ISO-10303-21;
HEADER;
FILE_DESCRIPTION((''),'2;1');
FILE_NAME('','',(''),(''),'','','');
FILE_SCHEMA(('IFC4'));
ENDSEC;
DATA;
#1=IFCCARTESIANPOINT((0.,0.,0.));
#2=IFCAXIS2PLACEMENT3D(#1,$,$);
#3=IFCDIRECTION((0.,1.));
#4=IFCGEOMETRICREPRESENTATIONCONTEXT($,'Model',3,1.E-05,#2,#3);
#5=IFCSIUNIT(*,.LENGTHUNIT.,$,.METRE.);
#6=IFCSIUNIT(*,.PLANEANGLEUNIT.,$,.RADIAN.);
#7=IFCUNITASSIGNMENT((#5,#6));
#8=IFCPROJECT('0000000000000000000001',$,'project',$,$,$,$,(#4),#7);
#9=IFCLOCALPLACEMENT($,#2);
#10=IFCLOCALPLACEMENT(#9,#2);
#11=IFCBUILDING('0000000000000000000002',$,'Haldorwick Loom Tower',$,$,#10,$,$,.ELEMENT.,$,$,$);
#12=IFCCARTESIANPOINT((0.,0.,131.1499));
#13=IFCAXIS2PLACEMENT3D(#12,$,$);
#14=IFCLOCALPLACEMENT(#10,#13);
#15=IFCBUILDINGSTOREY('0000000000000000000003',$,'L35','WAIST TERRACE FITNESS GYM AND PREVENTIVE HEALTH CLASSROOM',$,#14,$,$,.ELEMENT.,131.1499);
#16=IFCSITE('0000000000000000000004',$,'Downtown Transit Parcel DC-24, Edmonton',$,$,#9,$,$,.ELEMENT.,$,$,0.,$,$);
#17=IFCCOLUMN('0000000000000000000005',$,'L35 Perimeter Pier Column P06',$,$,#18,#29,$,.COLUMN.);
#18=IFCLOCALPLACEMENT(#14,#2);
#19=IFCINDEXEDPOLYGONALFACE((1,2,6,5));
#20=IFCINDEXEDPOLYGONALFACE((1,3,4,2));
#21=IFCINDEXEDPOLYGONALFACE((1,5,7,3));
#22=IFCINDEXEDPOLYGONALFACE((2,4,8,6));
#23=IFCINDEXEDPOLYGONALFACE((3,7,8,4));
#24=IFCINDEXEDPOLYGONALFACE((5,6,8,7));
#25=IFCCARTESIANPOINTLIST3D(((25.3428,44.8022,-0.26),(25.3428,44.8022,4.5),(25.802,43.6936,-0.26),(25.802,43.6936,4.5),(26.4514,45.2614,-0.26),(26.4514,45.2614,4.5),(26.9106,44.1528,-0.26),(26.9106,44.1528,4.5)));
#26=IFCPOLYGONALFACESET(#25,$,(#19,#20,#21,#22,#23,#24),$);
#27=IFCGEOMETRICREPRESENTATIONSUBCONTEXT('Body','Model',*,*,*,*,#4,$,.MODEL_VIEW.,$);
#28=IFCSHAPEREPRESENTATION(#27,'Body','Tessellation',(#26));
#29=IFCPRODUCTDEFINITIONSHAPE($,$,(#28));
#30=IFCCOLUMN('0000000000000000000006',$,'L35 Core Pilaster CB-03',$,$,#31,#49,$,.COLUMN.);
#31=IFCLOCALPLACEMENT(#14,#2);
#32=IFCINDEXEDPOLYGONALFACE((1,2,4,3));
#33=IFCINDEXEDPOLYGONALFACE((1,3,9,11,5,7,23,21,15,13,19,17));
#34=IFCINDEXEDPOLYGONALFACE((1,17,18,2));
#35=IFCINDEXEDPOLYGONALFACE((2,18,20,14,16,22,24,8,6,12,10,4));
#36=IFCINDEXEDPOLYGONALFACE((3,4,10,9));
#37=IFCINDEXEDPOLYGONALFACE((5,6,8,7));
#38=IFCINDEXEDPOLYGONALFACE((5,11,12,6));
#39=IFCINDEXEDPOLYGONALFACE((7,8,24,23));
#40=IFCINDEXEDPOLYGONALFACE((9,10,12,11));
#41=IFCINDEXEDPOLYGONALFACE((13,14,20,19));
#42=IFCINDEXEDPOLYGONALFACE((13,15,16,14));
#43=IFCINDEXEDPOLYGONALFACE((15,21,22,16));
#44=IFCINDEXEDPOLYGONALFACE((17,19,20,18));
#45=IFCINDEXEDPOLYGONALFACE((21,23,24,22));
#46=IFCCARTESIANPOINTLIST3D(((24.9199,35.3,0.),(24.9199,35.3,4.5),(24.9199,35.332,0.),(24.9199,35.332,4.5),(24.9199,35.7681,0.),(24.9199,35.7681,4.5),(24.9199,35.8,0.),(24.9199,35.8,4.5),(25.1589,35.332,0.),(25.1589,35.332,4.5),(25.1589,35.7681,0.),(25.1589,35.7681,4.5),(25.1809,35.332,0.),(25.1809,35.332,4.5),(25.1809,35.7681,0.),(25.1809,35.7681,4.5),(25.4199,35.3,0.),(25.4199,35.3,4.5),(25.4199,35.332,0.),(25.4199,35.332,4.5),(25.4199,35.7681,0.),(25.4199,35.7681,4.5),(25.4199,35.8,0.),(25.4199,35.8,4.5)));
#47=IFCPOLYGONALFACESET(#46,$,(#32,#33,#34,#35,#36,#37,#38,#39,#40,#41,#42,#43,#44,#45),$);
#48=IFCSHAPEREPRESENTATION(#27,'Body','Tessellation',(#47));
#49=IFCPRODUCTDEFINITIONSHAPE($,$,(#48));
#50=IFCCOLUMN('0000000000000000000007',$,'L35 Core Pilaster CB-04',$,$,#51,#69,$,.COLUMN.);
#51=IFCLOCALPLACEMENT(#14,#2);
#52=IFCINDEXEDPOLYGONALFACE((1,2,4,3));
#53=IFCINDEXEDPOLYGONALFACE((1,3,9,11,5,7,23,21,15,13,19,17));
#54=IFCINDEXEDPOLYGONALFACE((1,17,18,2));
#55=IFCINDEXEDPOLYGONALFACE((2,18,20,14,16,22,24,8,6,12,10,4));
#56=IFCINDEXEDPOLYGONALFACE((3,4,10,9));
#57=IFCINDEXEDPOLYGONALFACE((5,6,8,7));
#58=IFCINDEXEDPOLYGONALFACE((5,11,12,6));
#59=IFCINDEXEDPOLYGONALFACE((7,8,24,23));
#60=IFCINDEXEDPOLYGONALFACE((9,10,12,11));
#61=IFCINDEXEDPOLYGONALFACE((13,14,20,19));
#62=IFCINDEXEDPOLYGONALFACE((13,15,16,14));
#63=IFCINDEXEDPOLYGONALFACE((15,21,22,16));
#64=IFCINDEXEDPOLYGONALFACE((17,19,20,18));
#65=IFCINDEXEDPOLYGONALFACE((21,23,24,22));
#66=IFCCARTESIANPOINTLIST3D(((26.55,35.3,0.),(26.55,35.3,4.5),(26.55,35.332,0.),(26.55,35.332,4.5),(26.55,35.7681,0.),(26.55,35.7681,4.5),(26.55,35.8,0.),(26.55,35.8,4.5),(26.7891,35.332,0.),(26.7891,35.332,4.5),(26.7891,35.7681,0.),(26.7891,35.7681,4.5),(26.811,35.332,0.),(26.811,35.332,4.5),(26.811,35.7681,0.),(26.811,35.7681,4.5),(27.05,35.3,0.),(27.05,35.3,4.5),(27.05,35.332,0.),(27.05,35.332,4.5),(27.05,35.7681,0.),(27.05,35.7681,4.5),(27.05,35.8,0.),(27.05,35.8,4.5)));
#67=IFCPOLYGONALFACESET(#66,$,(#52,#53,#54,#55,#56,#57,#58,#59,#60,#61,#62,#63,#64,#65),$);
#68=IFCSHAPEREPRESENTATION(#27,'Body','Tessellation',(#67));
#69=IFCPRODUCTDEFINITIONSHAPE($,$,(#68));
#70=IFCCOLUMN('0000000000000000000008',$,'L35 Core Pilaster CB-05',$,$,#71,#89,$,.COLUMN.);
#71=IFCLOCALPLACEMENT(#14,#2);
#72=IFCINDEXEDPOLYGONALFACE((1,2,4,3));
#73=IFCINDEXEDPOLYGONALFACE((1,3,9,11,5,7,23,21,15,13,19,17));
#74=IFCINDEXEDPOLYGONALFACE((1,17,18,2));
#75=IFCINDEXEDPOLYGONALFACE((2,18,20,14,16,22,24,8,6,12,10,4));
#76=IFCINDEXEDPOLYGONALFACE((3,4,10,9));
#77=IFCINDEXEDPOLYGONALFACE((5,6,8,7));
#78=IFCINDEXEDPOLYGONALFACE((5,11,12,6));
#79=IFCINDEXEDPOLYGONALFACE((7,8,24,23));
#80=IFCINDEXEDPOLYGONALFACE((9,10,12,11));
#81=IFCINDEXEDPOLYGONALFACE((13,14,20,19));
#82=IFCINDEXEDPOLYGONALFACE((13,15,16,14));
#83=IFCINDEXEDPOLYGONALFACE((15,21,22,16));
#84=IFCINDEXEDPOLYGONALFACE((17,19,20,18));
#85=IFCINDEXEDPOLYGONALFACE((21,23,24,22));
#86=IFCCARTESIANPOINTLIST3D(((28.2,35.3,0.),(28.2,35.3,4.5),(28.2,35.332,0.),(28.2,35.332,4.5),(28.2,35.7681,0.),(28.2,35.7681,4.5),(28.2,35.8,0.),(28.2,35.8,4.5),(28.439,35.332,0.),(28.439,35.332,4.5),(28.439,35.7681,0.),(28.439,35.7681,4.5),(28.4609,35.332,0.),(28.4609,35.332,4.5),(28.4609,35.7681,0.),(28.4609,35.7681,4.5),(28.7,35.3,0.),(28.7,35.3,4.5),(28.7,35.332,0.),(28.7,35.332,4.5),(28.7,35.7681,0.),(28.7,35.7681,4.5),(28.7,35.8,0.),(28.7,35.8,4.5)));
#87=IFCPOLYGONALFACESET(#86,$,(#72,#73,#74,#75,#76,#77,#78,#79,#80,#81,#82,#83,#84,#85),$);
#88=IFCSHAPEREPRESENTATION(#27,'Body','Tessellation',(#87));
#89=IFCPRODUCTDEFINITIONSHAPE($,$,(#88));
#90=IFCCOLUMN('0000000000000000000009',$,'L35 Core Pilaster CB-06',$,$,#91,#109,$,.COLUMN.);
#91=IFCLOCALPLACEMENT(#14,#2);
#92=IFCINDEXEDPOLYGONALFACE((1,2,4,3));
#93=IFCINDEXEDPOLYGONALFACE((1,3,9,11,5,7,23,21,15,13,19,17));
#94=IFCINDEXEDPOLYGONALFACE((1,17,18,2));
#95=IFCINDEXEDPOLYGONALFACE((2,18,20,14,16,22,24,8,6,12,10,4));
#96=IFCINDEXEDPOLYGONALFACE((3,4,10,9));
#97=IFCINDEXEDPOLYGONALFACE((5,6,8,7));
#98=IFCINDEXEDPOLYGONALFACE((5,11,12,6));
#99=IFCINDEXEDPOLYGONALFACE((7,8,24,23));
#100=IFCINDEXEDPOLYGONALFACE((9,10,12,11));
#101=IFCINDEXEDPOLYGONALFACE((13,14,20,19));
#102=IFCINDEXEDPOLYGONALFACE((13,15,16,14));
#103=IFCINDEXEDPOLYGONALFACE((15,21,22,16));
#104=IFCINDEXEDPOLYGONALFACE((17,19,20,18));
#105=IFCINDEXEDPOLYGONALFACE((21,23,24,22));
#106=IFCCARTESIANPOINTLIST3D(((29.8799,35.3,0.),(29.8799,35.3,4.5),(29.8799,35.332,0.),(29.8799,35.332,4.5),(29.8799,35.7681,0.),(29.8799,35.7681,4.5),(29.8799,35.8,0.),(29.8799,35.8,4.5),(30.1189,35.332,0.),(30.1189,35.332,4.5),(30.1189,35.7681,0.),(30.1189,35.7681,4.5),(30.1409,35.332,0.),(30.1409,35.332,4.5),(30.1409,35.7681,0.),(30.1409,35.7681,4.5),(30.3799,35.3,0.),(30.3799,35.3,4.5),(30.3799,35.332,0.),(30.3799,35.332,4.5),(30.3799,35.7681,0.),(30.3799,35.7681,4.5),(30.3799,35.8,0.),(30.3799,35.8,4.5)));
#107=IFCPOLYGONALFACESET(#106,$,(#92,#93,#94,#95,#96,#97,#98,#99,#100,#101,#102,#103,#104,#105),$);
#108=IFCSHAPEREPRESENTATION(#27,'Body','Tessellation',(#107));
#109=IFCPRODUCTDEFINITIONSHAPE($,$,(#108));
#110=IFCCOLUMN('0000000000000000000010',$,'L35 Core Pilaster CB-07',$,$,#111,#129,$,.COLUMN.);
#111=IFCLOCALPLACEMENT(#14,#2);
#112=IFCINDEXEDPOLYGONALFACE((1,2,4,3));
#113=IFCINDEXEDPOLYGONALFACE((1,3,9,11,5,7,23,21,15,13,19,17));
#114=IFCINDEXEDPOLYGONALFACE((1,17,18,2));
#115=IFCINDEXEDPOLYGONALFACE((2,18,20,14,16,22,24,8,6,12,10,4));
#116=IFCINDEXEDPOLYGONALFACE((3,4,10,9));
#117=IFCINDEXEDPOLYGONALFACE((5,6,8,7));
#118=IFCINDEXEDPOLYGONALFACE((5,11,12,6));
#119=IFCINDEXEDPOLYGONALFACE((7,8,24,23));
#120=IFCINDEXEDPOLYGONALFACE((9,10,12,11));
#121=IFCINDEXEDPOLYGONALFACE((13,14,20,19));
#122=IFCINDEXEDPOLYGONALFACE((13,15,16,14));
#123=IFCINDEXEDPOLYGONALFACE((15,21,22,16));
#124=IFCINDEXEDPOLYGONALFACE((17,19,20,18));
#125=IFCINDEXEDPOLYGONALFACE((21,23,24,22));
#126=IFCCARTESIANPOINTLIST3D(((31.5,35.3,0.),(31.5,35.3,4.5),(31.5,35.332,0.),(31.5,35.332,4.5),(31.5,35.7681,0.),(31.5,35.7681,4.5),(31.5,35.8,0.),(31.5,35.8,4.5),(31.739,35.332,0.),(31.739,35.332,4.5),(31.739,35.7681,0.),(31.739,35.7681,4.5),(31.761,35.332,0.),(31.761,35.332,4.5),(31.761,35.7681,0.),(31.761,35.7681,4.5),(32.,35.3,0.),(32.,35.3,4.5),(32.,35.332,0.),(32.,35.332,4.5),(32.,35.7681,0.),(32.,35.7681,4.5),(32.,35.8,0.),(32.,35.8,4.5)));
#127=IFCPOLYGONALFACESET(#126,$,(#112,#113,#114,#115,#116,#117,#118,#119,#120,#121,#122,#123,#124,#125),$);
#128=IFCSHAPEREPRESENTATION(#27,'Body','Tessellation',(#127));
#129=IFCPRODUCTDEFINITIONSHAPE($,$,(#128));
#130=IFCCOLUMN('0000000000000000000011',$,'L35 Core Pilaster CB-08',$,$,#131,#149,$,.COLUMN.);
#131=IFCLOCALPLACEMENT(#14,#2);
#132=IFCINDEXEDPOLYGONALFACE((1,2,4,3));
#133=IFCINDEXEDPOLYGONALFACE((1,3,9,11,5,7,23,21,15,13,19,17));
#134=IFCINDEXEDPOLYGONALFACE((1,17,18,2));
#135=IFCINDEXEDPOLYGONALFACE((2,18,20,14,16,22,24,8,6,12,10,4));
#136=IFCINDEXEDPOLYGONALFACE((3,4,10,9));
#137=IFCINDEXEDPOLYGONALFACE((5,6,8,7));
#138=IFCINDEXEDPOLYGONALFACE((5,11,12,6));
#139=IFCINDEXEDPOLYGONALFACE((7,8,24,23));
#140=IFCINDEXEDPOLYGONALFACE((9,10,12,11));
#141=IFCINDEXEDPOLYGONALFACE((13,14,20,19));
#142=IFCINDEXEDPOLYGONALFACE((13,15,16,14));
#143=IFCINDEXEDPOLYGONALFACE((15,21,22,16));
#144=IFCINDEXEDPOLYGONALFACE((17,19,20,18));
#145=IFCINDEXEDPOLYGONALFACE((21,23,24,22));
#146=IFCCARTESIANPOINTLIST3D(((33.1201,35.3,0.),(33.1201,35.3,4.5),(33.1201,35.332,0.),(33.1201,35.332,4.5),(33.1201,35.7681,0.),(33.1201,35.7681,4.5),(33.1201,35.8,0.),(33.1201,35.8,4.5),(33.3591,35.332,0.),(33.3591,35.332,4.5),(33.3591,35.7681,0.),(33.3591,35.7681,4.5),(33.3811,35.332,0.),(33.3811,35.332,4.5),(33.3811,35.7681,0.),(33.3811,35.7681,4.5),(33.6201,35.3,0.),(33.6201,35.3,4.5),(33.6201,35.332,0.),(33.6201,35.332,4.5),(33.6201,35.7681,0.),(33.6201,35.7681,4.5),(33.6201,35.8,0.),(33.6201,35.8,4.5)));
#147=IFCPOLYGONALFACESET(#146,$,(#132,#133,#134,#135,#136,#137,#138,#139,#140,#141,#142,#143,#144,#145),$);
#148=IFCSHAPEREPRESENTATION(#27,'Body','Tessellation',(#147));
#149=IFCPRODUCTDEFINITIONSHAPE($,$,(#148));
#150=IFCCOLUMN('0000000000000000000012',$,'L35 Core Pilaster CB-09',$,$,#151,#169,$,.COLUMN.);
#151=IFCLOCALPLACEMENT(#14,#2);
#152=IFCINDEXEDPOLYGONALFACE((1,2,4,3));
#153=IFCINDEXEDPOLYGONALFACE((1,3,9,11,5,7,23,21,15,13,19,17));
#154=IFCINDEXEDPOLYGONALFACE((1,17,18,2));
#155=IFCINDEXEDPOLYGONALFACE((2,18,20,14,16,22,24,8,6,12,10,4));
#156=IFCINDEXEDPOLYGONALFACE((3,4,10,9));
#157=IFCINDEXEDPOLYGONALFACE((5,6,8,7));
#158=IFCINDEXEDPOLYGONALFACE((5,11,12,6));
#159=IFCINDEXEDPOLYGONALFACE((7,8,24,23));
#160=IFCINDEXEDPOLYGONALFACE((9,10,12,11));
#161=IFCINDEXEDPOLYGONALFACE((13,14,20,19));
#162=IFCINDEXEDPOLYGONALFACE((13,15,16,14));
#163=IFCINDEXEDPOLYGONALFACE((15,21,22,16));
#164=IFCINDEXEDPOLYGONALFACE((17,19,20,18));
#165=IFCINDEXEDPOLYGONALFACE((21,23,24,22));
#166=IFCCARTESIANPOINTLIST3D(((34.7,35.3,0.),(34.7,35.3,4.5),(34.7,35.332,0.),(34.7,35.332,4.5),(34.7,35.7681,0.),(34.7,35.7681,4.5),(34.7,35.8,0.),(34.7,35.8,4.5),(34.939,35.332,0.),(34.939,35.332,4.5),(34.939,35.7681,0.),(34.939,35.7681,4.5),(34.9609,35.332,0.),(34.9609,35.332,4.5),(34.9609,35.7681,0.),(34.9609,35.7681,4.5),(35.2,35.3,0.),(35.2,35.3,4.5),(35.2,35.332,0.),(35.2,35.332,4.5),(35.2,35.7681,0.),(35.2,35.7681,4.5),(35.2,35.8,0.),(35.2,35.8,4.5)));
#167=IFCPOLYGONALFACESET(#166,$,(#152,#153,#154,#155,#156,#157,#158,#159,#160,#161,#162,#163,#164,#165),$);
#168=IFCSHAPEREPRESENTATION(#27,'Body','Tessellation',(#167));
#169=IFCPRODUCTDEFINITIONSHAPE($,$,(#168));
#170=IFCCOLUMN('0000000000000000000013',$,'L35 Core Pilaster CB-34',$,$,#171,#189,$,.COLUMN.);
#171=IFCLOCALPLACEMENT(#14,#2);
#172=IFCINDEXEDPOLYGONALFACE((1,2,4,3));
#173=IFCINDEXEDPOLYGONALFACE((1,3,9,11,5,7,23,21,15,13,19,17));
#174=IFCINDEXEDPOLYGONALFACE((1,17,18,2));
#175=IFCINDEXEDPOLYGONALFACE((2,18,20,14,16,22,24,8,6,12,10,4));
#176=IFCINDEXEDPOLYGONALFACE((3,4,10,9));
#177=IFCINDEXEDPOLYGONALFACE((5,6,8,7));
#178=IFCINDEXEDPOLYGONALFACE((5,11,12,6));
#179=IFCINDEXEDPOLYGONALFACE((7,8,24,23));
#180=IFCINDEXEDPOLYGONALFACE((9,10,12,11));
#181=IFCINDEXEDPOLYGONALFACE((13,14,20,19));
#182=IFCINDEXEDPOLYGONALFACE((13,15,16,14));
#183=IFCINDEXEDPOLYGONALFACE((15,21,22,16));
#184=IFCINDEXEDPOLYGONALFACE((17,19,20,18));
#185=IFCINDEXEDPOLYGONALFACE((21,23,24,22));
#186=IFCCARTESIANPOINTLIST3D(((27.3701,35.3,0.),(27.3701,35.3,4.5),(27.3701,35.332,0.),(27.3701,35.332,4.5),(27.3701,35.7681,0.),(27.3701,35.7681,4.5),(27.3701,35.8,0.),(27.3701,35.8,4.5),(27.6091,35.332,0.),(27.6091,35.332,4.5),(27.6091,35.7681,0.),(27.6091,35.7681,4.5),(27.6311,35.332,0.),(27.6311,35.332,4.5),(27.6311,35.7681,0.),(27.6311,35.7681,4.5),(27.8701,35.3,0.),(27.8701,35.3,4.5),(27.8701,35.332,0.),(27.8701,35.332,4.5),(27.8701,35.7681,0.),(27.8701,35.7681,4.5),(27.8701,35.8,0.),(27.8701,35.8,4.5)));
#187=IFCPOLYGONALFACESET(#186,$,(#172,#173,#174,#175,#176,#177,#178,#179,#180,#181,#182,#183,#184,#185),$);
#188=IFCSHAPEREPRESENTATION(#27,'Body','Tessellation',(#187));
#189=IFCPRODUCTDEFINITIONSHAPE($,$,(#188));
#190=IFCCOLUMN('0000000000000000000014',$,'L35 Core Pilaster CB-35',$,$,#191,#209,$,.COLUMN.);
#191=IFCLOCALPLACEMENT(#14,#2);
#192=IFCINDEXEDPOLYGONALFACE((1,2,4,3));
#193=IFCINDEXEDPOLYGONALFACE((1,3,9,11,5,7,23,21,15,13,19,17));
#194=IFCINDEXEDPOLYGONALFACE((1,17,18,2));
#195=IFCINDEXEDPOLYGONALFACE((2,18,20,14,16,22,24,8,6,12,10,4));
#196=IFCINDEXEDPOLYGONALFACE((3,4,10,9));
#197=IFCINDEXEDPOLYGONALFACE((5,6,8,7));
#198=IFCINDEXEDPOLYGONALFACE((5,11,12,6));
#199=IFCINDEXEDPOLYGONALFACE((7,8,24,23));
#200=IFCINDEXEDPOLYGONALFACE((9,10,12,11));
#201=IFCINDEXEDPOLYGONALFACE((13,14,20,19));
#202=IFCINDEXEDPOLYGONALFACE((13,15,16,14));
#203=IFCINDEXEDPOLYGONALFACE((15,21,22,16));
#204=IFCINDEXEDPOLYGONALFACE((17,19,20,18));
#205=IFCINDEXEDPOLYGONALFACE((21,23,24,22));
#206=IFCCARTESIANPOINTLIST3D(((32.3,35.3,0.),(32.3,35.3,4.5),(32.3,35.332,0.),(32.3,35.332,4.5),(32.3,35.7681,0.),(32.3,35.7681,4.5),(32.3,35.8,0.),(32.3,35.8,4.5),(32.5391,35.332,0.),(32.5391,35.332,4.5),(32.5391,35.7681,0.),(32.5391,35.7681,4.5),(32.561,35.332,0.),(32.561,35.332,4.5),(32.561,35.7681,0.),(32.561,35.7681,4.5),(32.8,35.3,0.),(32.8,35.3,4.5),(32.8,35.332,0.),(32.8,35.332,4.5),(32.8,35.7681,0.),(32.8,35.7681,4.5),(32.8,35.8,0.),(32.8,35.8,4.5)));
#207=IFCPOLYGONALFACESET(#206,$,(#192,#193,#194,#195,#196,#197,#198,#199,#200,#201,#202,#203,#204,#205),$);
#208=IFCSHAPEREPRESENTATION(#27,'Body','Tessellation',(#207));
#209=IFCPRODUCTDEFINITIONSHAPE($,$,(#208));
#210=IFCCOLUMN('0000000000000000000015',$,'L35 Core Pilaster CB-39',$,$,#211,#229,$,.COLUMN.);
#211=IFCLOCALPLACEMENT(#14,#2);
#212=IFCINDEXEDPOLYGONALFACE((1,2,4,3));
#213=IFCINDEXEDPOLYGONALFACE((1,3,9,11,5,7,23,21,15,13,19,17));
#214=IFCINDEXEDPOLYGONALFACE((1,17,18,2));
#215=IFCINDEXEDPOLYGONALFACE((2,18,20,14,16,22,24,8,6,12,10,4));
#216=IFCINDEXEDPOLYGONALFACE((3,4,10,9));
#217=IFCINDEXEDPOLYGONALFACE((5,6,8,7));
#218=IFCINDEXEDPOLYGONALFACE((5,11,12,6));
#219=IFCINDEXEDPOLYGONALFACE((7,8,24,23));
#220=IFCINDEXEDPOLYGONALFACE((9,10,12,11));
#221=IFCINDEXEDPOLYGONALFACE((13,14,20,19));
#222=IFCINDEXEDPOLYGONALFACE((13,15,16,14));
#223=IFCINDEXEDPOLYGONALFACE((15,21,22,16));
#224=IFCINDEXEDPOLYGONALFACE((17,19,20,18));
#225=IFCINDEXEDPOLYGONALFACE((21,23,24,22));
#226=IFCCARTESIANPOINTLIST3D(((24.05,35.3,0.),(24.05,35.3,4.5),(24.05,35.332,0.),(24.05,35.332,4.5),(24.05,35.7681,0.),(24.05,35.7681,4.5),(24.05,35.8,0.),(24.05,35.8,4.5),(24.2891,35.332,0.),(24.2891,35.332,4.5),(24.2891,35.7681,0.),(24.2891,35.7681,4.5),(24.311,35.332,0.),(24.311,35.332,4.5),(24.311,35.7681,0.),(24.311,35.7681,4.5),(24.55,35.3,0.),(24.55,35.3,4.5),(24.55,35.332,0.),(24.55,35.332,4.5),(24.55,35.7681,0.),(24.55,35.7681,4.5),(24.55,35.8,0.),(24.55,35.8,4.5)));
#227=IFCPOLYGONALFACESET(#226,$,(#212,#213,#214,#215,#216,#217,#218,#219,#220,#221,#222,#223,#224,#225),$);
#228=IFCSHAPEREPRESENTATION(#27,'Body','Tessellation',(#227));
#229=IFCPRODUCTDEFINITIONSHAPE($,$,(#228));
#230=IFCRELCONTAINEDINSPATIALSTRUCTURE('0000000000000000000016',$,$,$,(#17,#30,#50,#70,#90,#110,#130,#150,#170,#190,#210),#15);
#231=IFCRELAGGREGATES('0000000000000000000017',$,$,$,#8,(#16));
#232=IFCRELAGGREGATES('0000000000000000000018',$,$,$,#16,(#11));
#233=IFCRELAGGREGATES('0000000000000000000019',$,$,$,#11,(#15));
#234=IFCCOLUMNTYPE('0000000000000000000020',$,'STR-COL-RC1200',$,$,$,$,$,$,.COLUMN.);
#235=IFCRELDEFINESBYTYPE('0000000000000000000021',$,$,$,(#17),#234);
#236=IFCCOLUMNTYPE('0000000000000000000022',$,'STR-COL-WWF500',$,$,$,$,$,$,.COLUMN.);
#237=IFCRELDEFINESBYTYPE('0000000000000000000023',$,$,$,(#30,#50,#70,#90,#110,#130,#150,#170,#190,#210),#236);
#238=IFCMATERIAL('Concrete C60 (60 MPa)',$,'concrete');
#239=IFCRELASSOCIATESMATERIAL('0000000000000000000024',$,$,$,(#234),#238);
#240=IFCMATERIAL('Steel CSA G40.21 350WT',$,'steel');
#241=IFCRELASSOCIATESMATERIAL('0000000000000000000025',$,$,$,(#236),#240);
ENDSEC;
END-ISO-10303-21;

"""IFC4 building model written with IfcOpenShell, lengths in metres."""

from ifc_helpers import new_model, si_unit, direction, frame, origin, origin_2d, place, context, subcontext, project, spatial, rectangle, i_section, extrude, material, material_profile, profile_set, type_object, element, save


model = new_model("IFC4")

# Units and contexts
model_context = context("Model", 3, precision=1e-05, world=origin(), true_north=direction((0.0, 1.0)))
body_context = subcontext(model_context, "Body", "Model", "MODEL_VIEW")
ifc_project = project(units=[si_unit("LENGTHUNIT", "METRE"), si_unit("PLANEANGLEUNIT", "RADIAN")], contexts=[model_context])

# Site, building, storey
site_placement = place(None, origin())
site = spatial("IfcSite", under=ifc_project, at=site_placement, Name="Downtown Transit Parcel DC-24, Edmonton", CompositionType="ELEMENT", RefElevation=0.0)
building_placement = place(site_placement, origin())
building = spatial("IfcBuilding", under=site, at=building_placement, Name="Haldorwick Loom Tower", CompositionType="ELEMENT")
storey_placement = place(building_placement, frame((0.0, 0.0, 131.1499)))
storey = spatial("IfcBuildingStorey", under=building, at=storey_placement, Name="L35", Description="WAIST TERRACE FITNESS GYM AND PREVENTIVE HEALTH CLASSROOM", CompositionType="ELEMENT", Elevation=131.1499)

# Columns
ifc_material_1 = material(Name="Concrete C60 (60 MPa)", Category="concrete")
ifc_material_profile_1 = material_profile(ifc_material_1, rectangle(XDim=1.2, YDim=1.2, at=origin_2d()), Name="RC1200X1200", Category="concrete")
ifc_profile_set_1 = profile_set([ifc_material_profile_1], Name="Concrete C60 (60 MPa)")
column_type_1 = type_object("IfcColumnType", Name="STR-COL-RC1200", PredefinedType="COLUMN", material=ifc_profile_set_1)
column_placement = place(storey_placement, frame((26.1267, 44.4775, -0.26), z_axis=(0.0, 0.0, 1.0), x_axis=(-0.382683, 0.92388, 0.0)))
element("IfcColumn", 1, at=column_placement, inside=storey, type_object=column_type_1, Name="L35 Perimeter Pier Column P06", PredefinedType="COLUMN", context=body_context, shape_type="SweptSolid", body=[
    extrude(rectangle(XDim=1.2, YDim=1.2, at=origin_2d()), origin(), (0.0, 0.0, 1.0), 4.76),
])
ifc_material_2 = material(Name="Steel CSA G40.21 350WT", Category="steel")
ifc_material_profile_2 = material_profile(ifc_material_2, i_section(OverallWidth=0.5, OverallDepth=0.5, WebThickness=0.022, FlangeThickness=0.032, at=origin_2d()), Name="WWF500X500", Category="steel")
ifc_profile_set_2 = profile_set([ifc_material_profile_2], Name="Steel CSA G40.21 350WT")
column_type_2 = type_object("IfcColumnType", Name="STR-COL-WWF500", PredefinedType="COLUMN", material=ifc_profile_set_2)
for number, where, z_axis, x_axis, name in (
    (2, (25.1699, 35.55, 0.0), (0.0, 0.0, 1.0), (1.0, 0.0, 0.0), "L35 Core Pilaster CB-03"),
    (3, (26.8, 35.55, 0.0), (0.0, 0.0, 1.0), (1.0, 0.0, 0.0), "L35 Core Pilaster CB-04"),
    (4, (28.45, 35.55, 0.0), (0.0, 0.0, 1.0), (1.0, 0.0, 0.0), "L35 Core Pilaster CB-05"),
    (5, (30.1299, 35.55, 0.0), (0.0, 0.0, 1.0), (1.0, 0.0, 0.0), "L35 Core Pilaster CB-06"),
    (6, (31.75, 35.55, 0.0), (0.0, 0.0, 1.0), (1.0, 0.0, 0.0), "L35 Core Pilaster CB-07"),
    (7, (33.3701, 35.55, 0.0), (0.0, 0.0, 1.0), (1.0, 0.0, 0.0), "L35 Core Pilaster CB-08"),
    (8, (34.95, 35.55, 0.0), (0.0, 0.0, 1.0), (1.0, 0.0, 0.0), "L35 Core Pilaster CB-09"),
    (9, (27.6201, 35.55, 0.0), (0.0, 0.0, 1.0), (1.0, 0.0, 0.0), "L35 Core Pilaster CB-34"),
    (10, (32.55, 35.55, 0.0), (0.0, 0.0, 1.0), (1.0, 0.0, 0.0), "L35 Core Pilaster CB-35"),
    (11, (24.3, 35.55, 0.0), (0.0, 0.0, 1.0), (1.0, 0.0, 0.0), "L35 Core Pilaster CB-39"),
):
    element("IfcColumn", number, at=place(storey_placement, frame(where, z_axis=z_axis, x_axis=x_axis)), inside=storey, type_object=column_type_2, Name=name, PredefinedType="COLUMN", context=body_context, shape_type="SweptSolid", body=[
        extrude(i_section(OverallWidth=0.5, OverallDepth=0.5, WebThickness=0.022, FlangeThickness=0.032, at=origin_2d()), origin(), (0.0, 0.0, 1.0), 4.5),
    ])

save(model, "model.ifc")
